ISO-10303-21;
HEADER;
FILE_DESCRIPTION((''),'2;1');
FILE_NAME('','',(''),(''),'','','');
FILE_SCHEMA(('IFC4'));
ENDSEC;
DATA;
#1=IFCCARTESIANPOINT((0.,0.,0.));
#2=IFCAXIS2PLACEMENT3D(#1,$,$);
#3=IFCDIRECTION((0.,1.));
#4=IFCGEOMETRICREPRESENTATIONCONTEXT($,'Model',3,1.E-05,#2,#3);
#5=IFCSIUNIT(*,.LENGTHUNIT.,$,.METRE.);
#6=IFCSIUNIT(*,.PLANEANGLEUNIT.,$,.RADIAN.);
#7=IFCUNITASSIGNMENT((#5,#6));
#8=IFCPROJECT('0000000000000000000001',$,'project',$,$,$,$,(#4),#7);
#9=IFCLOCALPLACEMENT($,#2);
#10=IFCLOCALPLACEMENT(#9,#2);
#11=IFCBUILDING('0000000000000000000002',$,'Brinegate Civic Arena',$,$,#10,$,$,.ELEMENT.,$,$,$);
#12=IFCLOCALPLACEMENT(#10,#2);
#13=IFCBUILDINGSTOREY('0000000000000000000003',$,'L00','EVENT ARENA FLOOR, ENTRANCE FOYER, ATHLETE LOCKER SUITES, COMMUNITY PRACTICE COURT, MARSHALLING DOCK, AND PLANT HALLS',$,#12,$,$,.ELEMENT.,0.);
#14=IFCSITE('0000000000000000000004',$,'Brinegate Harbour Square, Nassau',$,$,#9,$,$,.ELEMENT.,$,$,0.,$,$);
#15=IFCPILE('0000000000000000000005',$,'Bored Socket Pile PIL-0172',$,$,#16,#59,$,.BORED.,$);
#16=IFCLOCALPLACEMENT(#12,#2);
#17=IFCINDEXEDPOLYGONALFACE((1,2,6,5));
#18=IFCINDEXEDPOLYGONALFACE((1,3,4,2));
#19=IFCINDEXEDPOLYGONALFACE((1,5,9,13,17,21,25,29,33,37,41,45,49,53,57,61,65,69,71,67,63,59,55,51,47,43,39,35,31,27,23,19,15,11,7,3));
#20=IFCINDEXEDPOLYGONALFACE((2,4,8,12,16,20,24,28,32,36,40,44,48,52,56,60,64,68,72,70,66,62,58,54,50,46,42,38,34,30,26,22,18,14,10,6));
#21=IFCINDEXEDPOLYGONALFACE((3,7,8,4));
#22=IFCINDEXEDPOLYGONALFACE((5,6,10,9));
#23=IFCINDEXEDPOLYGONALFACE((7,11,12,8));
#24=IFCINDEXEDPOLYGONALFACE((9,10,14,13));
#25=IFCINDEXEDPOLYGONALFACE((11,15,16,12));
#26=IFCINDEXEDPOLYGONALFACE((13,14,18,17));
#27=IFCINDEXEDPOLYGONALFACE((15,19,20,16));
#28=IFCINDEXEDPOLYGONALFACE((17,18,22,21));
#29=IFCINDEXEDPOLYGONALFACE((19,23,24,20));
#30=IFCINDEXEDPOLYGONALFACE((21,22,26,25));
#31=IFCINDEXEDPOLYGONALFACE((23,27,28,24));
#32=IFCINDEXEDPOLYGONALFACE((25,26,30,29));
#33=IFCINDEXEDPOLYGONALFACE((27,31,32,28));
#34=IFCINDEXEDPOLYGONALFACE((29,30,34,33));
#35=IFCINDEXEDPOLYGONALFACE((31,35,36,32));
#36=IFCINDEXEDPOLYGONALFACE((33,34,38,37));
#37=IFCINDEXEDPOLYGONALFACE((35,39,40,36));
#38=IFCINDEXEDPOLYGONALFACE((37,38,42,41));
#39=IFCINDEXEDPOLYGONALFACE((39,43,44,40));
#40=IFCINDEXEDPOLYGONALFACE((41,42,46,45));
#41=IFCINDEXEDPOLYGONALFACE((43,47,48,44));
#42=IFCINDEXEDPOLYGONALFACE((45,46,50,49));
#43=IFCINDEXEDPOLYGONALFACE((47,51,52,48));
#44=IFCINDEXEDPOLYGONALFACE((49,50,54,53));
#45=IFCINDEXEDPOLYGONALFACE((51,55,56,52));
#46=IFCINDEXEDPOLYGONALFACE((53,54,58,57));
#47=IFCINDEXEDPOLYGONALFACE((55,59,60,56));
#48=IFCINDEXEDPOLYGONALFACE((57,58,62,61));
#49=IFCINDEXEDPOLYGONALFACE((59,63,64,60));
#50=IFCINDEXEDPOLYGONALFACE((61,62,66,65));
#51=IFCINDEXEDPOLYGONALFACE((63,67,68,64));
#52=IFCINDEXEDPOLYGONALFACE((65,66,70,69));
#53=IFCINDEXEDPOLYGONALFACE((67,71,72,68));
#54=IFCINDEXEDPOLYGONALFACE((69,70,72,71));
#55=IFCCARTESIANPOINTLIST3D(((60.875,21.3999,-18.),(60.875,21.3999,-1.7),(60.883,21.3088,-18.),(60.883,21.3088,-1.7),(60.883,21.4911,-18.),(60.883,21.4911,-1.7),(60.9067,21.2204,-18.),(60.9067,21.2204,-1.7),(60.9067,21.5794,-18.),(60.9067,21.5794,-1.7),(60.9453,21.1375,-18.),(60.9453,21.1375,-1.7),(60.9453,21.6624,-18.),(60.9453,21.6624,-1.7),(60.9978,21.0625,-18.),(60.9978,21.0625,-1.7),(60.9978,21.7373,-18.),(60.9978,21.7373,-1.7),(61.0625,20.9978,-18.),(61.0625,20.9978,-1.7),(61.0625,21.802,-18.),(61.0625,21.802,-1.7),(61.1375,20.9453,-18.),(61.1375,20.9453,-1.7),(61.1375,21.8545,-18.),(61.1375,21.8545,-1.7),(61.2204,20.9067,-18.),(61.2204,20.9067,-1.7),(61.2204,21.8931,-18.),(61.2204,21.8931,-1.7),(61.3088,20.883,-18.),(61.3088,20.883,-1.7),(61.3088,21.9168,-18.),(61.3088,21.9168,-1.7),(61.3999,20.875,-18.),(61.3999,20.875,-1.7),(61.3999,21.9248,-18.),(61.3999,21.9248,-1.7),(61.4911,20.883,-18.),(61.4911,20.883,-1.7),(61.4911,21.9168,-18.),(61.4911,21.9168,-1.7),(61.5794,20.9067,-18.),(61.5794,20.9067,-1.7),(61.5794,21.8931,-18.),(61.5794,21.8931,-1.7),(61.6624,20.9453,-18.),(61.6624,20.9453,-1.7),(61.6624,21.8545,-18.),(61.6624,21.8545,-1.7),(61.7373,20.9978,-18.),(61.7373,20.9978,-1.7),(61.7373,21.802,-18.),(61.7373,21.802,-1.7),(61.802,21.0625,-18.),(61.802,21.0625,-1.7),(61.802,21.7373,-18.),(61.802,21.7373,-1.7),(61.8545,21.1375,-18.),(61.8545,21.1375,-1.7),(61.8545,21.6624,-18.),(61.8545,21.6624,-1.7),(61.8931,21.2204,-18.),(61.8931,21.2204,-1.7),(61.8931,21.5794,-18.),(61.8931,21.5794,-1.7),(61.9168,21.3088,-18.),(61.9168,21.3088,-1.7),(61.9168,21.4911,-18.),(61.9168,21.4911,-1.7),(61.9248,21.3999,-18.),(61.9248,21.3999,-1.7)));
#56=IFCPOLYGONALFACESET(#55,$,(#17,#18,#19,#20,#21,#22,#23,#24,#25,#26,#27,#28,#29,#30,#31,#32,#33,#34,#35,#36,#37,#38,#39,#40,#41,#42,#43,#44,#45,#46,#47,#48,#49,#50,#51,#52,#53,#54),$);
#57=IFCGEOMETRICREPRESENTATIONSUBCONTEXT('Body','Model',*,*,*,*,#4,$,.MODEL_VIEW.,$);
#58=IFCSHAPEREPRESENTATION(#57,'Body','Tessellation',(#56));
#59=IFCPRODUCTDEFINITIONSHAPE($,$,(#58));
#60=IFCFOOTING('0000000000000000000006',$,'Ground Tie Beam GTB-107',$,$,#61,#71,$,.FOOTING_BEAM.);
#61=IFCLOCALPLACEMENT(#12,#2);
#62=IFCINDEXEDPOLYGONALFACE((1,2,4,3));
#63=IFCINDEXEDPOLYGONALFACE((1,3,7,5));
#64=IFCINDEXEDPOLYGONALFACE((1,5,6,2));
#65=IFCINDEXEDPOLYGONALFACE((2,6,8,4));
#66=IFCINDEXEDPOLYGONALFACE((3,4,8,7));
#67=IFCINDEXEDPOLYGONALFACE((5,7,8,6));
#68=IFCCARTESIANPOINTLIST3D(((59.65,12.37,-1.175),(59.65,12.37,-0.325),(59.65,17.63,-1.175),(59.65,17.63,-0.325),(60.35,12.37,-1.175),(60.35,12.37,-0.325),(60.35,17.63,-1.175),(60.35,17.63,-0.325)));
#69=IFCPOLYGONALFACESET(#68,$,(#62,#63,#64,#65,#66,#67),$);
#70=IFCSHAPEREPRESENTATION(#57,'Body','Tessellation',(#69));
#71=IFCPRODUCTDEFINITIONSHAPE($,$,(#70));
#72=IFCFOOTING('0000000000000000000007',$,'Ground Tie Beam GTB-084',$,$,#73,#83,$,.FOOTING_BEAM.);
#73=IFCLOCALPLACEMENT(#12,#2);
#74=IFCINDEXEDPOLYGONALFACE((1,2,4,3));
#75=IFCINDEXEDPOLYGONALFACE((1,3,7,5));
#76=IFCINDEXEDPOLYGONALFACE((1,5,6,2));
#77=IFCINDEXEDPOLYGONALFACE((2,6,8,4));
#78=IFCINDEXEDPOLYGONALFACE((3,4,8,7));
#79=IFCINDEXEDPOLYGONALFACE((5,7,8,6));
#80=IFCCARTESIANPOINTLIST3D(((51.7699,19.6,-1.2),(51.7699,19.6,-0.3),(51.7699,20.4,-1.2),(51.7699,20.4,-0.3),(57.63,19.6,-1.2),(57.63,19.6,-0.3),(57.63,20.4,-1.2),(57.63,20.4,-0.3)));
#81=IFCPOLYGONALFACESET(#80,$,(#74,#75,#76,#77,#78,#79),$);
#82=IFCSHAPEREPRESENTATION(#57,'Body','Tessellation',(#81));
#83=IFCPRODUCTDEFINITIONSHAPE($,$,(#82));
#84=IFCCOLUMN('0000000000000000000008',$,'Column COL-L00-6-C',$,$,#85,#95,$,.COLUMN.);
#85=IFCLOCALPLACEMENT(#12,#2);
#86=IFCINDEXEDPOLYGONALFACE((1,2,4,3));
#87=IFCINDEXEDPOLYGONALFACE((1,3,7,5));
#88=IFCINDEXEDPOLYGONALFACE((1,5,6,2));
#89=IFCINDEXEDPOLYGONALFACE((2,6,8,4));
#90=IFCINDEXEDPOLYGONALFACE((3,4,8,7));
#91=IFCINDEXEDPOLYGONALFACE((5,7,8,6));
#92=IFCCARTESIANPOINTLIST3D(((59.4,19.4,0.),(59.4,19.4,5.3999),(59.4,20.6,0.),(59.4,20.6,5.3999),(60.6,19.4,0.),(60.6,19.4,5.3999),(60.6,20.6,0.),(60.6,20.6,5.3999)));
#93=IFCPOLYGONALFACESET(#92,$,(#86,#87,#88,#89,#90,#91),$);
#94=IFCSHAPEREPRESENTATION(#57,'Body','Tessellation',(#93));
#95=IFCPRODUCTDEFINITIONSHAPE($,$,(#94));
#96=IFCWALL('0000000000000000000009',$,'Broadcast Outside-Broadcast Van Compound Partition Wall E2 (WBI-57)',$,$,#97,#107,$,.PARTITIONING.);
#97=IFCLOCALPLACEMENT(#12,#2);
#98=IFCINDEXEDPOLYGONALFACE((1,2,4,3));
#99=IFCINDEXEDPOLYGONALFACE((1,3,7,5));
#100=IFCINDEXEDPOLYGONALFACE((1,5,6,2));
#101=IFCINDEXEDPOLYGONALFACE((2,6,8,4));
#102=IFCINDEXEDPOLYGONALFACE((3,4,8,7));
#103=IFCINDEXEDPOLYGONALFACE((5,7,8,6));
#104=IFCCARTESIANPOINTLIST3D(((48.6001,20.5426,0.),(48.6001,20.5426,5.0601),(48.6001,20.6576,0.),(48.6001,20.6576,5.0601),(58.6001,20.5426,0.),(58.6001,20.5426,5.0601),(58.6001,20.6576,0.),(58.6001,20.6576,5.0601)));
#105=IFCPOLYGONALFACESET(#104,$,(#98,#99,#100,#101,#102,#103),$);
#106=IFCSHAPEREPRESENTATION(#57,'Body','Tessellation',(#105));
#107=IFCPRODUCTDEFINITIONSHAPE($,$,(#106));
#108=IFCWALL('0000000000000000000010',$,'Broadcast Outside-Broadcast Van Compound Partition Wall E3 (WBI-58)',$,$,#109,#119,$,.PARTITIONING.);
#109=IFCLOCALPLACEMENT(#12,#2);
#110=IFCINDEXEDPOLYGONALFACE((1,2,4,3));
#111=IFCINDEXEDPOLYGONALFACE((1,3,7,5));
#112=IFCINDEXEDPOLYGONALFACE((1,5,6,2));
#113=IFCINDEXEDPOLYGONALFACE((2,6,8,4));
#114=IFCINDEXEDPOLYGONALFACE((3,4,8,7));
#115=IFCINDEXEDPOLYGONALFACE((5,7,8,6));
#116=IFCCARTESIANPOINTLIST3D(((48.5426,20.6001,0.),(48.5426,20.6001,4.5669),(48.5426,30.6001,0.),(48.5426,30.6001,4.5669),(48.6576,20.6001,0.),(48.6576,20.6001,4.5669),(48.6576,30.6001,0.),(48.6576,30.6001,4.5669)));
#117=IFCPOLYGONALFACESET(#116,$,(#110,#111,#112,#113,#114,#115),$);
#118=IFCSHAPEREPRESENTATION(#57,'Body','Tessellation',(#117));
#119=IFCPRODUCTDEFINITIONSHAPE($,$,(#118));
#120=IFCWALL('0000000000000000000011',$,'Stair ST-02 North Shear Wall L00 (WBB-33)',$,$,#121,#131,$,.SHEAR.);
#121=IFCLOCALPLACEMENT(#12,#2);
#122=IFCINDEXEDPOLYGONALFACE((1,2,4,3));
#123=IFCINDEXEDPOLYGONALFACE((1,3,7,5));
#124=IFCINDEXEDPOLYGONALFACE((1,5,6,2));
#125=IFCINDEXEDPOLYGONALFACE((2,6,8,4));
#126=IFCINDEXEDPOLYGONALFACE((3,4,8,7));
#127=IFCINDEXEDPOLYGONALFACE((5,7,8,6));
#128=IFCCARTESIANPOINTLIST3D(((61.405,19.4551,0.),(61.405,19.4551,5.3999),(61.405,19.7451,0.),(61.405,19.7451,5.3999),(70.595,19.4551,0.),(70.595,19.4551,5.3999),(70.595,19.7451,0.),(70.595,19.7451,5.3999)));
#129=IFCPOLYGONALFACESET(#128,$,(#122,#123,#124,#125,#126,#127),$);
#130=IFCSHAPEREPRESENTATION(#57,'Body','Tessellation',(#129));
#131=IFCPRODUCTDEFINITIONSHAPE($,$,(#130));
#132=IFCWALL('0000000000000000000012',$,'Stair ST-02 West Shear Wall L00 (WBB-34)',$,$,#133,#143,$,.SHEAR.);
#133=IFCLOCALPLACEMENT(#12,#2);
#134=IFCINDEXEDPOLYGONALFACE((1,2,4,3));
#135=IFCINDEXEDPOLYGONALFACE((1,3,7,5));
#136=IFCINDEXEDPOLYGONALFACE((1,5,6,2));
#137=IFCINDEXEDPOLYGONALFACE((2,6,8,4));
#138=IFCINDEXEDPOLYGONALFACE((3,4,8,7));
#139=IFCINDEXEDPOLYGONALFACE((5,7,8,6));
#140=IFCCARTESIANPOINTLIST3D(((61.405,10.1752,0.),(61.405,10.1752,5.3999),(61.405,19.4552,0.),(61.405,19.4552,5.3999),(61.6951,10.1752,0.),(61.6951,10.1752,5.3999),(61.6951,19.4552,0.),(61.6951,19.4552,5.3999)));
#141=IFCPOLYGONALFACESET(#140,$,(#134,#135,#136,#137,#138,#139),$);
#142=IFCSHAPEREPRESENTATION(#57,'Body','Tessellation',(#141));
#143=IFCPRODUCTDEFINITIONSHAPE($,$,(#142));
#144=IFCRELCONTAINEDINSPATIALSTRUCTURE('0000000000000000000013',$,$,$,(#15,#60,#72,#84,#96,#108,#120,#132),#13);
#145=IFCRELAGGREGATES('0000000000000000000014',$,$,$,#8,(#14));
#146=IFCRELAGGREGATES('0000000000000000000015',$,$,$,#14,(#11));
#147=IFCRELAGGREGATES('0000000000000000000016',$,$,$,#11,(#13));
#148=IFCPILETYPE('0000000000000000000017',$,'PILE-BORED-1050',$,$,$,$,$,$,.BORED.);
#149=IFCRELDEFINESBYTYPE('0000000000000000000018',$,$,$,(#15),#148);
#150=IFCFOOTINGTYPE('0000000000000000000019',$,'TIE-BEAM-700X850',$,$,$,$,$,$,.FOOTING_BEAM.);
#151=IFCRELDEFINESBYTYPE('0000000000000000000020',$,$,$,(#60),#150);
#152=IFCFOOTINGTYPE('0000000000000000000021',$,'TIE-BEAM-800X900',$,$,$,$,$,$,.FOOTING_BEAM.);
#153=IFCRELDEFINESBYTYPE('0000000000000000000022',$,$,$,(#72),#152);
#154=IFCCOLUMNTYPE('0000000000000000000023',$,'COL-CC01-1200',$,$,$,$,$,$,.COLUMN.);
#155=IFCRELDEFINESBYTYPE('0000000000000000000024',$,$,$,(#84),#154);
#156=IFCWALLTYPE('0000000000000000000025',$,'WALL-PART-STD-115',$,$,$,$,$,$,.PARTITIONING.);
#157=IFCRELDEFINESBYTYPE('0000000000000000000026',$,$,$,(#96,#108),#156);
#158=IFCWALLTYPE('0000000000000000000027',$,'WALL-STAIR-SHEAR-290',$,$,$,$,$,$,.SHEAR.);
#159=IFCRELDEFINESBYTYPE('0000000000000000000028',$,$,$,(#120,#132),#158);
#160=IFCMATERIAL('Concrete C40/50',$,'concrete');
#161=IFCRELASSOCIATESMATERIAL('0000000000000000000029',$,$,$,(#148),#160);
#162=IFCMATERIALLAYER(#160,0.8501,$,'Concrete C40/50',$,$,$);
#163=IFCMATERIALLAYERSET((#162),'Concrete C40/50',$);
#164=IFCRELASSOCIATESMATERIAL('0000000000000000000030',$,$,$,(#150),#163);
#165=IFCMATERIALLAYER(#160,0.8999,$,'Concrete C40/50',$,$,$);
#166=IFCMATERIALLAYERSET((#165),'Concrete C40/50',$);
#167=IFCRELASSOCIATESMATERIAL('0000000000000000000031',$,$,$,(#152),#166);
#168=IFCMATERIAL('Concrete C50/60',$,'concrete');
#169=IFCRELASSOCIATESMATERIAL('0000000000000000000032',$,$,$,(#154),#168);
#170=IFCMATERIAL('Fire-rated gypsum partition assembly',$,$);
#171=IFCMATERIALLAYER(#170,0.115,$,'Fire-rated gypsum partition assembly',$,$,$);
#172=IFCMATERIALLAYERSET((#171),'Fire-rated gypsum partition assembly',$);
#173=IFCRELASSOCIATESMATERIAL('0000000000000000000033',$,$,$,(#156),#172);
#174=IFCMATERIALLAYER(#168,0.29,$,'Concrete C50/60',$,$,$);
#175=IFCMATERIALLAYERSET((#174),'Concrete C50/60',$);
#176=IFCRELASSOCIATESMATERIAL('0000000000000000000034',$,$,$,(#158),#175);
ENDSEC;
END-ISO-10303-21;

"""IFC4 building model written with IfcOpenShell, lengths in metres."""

from ifc_helpers import new_model, si_unit, direction, frame, frame_2d, origin, origin_2d, place, context, subcontext, project, spatial, rectangle, circle, extrude, material, layer, layer_set, material_profile, profile_set, type_object, element, save


model = new_model("IFC4")

# Units and contexts
model_context = context("Model", 3, precision=1e-05, world=origin(), true_north=direction((0.0, 1.0)))
body_context = subcontext(model_context, "Body", "Model", "MODEL_VIEW")
ifc_project = project(units=[si_unit("LENGTHUNIT", "METRE"), si_unit("PLANEANGLEUNIT", "RADIAN")], contexts=[model_context])

# Site, building, storey
site_placement = place(None, origin())
site = spatial("IfcSite", under=ifc_project, at=site_placement, Name="Brinegate Harbour Square, Nassau", CompositionType="ELEMENT", RefElevation=0.0)
building_placement = place(site_placement, origin())
building = spatial("IfcBuilding", under=site, at=building_placement, Name="Brinegate Civic Arena", CompositionType="ELEMENT")
storey_placement = place(building_placement, origin())
storey = spatial("IfcBuildingStorey", under=building, at=storey_placement, Name="L00", Description="EVENT ARENA FLOOR, ENTRANCE FOYER, ATHLETE LOCKER SUITES, COMMUNITY PRACTICE COURT, MARSHALLING DOCK, AND PLANT HALLS", CompositionType="ELEMENT", Elevation=0.0)

# Shared definitions
ifc_material_1 = material(Name="Concrete C40/50", Category="concrete")

# Pile
ifc_material_profile_1 = material_profile(ifc_material_1, circle(Radius=0.5249, at=origin_2d()), Name="PILED1050")
ifc_profile_set_1 = profile_set([ifc_material_profile_1], Name="Concrete C40/50")
pile_type = type_object("IfcPileType", Name="PILE-BORED-1050", PredefinedType="BORED", material=ifc_profile_set_1)
for number, where, z_axis, x_axis, name in (
    (1, (61.3999, 21.3999, -1.7), (0.0, 0.0, -1.0), (1.0, 0.0, 0.0), "Bored Socket Pile PIL-0172"),
):
    element("IfcPile", number, at=place(storey_placement, frame(where, z_axis=z_axis, x_axis=x_axis)), inside=storey, type_object=pile_type, Name=name, PredefinedType="BORED", context=body_context, shape_type="SweptSolid", body=[
        extrude(circle(Radius=0.5249, at=origin_2d()), origin(), (0.0, 0.0, 1.0), 16.3),
    ])

# Footings
ifc_layer_1 = layer(ifc_material_1, 0.8501, Name="Concrete C40/50")
ifc_layer_set_1 = layer_set([ifc_layer_1], Name="Concrete C40/50")
footing_type_1 = type_object("IfcFootingType", Name="TIE-BEAM-700X850", PredefinedType="FOOTING_BEAM", material=ifc_layer_set_1)
footing_1_placement = place(storey_placement, frame((60.0, 15.0, -1.175), z_axis=(0.0, 0.0, 1.0), x_axis=(0.0, 1.0, 0.0)))
element("IfcFooting", 2, at=footing_1_placement, inside=storey, type_object=footing_type_1, Name="Ground Tie Beam GTB-107", PredefinedType="FOOTING_BEAM", context=body_context, shape_type="SweptSolid", body=[
    extrude(rectangle(XDim=5.26, YDim=0.7, at=origin_2d()), origin(), (0.0, 0.0, 1.0), 0.8501),
])
ifc_layer_2 = layer(ifc_material_1, 0.8999, Name="Concrete C40/50")
ifc_layer_set_2 = layer_set([ifc_layer_2], Name="Concrete C40/50")
footing_type_2 = type_object("IfcFootingType", Name="TIE-BEAM-800X900", PredefinedType="FOOTING_BEAM", material=ifc_layer_set_2)
footing_2_placement = place(storey_placement, frame((54.7, 20.0, -1.2), z_axis=(0.0, 0.0, 1.0), x_axis=(1.0, 0.0, 0.0)))
element("IfcFooting", 3, at=footing_2_placement, inside=storey, type_object=footing_type_2, Name="Ground Tie Beam GTB-084", PredefinedType="FOOTING_BEAM", context=body_context, shape_type="SweptSolid", body=[
    extrude(rectangle(XDim=5.8601, YDim=0.8, at=origin_2d()), origin(), (0.0, 0.0, 1.0), 0.8999),
])

# Column
ifc_material_2 = material(Name="Concrete C50/60", Category="concrete")
ifc_material_profile_2 = material_profile(ifc_material_2, rectangle(XDim=1.2, YDim=1.2, at=origin_2d()), Name="RC1200X1200")
ifc_profile_set_2 = profile_set([ifc_material_profile_2], Name="Concrete C50/60")
column_type = type_object("IfcColumnType", Name="COL-CC01-1200", PredefinedType="COLUMN", material=ifc_profile_set_2)
column_placement = place(storey_placement, frame((60.0, 20.0, 0.0), z_axis=(0.0, 0.0, 1.0), x_axis=(1.0, 0.0, 0.0)))
element("IfcColumn", 4, at=column_placement, inside=storey, type_object=column_type, Name="Column COL-L00-6-C", PredefinedType="COLUMN", context=body_context, shape_type="SweptSolid", body=[
    extrude(rectangle(XDim=1.2, YDim=1.2, at=origin_2d()), origin(), (0.0, 0.0, 1.0), 5.3999),
])

# Walls
ifc_material_3 = material(Name="Fire-rated gypsum partition assembly")
ifc_layer_3 = layer(ifc_material_3, 0.115, Name="Fire-rated gypsum partition assembly")
ifc_layer_set_3 = layer_set([ifc_layer_3], Name="Fire-rated gypsum partition assembly")
wall_type_1 = type_object("IfcWallType", Name="WALL-PART-STD-115", PredefinedType="PARTITIONING", material=ifc_layer_set_3)
wall_1_placement = place(storey_placement, frame((58.6001, 20.6001, 0.0), z_axis=(0.0, 0.0, 1.0), x_axis=(-1.0, 0.0, 0.0)))
element("IfcWall", 5, at=wall_1_placement, inside=storey, type_object=wall_type_1, Name="Broadcast Outside-Broadcast Van Compound Partition Wall E2 (WBI-57)", PredefinedType="PARTITIONING", context=body_context, shape_type="SweptSolid", body=[
    extrude(rectangle(XDim=10.0, YDim=0.115, at=frame_2d((5.0, 0.0))), origin(), (0.0, 0.0, 1.0), 5.0601),
])
wall_2_placement = place(storey_placement, frame((48.6001, 20.6001, 0.0), z_axis=(0.0, 0.0, 1.0), x_axis=(0.0, 1.0, 0.0)))
element("IfcWall", 6, at=wall_2_placement, inside=storey, type_object=wall_type_1, Name="Broadcast Outside-Broadcast Van Compound Partition Wall E3 (WBI-58)", PredefinedType="PARTITIONING", context=body_context, shape_type="SweptSolid", body=[
    extrude(rectangle(XDim=10.0, YDim=0.115, at=frame_2d((5.0, 0.0))), origin(), (0.0, 0.0, 1.0), 4.5669),
])
ifc_layer_4 = layer(ifc_material_2, 0.29, Name="Concrete C50/60")
ifc_layer_set_4 = layer_set([ifc_layer_4], Name="Concrete C50/60")
wall_type_2 = type_object("IfcWallType", Name="WALL-STAIR-SHEAR-290", PredefinedType="SHEAR", material=ifc_layer_set_4)
wall_3_placement = place(storey_placement, frame((61.405, 19.6001, 0.0), z_axis=(0.0, 0.0, 1.0), x_axis=(1.0, 0.0, 0.0)))
element("IfcWall", 7, at=wall_3_placement, inside=storey, type_object=wall_type_2, Name="Stair ST-02 North Shear Wall L00 (WBB-33)", PredefinedType="SHEAR", context=body_context, shape_type="SweptSolid", body=[
    extrude(rectangle(XDim=9.1899, YDim=0.29, at=frame_2d((4.595, 0.0))), origin(), (0.0, 0.0, 1.0), 5.3999),
])
wall_4_placement = place(storey_placement, frame((61.55, 10.175, 0.0), z_axis=(0.0, 0.0, 1.0), x_axis=(0.0, 1.0, 0.0)))
element("IfcWall", 8, at=wall_4_placement, inside=storey, type_object=wall_type_2, Name="Stair ST-02 West Shear Wall L00 (WBB-34)", PredefinedType="SHEAR", context=body_context, shape_type="SweptSolid", body=[
    extrude(rectangle(XDim=9.28, YDim=0.29, at=frame_2d((4.6401, 0.0))), origin(), (0.0, 0.0, 1.0), 5.3999),
])

save(model, "model.ifc")
